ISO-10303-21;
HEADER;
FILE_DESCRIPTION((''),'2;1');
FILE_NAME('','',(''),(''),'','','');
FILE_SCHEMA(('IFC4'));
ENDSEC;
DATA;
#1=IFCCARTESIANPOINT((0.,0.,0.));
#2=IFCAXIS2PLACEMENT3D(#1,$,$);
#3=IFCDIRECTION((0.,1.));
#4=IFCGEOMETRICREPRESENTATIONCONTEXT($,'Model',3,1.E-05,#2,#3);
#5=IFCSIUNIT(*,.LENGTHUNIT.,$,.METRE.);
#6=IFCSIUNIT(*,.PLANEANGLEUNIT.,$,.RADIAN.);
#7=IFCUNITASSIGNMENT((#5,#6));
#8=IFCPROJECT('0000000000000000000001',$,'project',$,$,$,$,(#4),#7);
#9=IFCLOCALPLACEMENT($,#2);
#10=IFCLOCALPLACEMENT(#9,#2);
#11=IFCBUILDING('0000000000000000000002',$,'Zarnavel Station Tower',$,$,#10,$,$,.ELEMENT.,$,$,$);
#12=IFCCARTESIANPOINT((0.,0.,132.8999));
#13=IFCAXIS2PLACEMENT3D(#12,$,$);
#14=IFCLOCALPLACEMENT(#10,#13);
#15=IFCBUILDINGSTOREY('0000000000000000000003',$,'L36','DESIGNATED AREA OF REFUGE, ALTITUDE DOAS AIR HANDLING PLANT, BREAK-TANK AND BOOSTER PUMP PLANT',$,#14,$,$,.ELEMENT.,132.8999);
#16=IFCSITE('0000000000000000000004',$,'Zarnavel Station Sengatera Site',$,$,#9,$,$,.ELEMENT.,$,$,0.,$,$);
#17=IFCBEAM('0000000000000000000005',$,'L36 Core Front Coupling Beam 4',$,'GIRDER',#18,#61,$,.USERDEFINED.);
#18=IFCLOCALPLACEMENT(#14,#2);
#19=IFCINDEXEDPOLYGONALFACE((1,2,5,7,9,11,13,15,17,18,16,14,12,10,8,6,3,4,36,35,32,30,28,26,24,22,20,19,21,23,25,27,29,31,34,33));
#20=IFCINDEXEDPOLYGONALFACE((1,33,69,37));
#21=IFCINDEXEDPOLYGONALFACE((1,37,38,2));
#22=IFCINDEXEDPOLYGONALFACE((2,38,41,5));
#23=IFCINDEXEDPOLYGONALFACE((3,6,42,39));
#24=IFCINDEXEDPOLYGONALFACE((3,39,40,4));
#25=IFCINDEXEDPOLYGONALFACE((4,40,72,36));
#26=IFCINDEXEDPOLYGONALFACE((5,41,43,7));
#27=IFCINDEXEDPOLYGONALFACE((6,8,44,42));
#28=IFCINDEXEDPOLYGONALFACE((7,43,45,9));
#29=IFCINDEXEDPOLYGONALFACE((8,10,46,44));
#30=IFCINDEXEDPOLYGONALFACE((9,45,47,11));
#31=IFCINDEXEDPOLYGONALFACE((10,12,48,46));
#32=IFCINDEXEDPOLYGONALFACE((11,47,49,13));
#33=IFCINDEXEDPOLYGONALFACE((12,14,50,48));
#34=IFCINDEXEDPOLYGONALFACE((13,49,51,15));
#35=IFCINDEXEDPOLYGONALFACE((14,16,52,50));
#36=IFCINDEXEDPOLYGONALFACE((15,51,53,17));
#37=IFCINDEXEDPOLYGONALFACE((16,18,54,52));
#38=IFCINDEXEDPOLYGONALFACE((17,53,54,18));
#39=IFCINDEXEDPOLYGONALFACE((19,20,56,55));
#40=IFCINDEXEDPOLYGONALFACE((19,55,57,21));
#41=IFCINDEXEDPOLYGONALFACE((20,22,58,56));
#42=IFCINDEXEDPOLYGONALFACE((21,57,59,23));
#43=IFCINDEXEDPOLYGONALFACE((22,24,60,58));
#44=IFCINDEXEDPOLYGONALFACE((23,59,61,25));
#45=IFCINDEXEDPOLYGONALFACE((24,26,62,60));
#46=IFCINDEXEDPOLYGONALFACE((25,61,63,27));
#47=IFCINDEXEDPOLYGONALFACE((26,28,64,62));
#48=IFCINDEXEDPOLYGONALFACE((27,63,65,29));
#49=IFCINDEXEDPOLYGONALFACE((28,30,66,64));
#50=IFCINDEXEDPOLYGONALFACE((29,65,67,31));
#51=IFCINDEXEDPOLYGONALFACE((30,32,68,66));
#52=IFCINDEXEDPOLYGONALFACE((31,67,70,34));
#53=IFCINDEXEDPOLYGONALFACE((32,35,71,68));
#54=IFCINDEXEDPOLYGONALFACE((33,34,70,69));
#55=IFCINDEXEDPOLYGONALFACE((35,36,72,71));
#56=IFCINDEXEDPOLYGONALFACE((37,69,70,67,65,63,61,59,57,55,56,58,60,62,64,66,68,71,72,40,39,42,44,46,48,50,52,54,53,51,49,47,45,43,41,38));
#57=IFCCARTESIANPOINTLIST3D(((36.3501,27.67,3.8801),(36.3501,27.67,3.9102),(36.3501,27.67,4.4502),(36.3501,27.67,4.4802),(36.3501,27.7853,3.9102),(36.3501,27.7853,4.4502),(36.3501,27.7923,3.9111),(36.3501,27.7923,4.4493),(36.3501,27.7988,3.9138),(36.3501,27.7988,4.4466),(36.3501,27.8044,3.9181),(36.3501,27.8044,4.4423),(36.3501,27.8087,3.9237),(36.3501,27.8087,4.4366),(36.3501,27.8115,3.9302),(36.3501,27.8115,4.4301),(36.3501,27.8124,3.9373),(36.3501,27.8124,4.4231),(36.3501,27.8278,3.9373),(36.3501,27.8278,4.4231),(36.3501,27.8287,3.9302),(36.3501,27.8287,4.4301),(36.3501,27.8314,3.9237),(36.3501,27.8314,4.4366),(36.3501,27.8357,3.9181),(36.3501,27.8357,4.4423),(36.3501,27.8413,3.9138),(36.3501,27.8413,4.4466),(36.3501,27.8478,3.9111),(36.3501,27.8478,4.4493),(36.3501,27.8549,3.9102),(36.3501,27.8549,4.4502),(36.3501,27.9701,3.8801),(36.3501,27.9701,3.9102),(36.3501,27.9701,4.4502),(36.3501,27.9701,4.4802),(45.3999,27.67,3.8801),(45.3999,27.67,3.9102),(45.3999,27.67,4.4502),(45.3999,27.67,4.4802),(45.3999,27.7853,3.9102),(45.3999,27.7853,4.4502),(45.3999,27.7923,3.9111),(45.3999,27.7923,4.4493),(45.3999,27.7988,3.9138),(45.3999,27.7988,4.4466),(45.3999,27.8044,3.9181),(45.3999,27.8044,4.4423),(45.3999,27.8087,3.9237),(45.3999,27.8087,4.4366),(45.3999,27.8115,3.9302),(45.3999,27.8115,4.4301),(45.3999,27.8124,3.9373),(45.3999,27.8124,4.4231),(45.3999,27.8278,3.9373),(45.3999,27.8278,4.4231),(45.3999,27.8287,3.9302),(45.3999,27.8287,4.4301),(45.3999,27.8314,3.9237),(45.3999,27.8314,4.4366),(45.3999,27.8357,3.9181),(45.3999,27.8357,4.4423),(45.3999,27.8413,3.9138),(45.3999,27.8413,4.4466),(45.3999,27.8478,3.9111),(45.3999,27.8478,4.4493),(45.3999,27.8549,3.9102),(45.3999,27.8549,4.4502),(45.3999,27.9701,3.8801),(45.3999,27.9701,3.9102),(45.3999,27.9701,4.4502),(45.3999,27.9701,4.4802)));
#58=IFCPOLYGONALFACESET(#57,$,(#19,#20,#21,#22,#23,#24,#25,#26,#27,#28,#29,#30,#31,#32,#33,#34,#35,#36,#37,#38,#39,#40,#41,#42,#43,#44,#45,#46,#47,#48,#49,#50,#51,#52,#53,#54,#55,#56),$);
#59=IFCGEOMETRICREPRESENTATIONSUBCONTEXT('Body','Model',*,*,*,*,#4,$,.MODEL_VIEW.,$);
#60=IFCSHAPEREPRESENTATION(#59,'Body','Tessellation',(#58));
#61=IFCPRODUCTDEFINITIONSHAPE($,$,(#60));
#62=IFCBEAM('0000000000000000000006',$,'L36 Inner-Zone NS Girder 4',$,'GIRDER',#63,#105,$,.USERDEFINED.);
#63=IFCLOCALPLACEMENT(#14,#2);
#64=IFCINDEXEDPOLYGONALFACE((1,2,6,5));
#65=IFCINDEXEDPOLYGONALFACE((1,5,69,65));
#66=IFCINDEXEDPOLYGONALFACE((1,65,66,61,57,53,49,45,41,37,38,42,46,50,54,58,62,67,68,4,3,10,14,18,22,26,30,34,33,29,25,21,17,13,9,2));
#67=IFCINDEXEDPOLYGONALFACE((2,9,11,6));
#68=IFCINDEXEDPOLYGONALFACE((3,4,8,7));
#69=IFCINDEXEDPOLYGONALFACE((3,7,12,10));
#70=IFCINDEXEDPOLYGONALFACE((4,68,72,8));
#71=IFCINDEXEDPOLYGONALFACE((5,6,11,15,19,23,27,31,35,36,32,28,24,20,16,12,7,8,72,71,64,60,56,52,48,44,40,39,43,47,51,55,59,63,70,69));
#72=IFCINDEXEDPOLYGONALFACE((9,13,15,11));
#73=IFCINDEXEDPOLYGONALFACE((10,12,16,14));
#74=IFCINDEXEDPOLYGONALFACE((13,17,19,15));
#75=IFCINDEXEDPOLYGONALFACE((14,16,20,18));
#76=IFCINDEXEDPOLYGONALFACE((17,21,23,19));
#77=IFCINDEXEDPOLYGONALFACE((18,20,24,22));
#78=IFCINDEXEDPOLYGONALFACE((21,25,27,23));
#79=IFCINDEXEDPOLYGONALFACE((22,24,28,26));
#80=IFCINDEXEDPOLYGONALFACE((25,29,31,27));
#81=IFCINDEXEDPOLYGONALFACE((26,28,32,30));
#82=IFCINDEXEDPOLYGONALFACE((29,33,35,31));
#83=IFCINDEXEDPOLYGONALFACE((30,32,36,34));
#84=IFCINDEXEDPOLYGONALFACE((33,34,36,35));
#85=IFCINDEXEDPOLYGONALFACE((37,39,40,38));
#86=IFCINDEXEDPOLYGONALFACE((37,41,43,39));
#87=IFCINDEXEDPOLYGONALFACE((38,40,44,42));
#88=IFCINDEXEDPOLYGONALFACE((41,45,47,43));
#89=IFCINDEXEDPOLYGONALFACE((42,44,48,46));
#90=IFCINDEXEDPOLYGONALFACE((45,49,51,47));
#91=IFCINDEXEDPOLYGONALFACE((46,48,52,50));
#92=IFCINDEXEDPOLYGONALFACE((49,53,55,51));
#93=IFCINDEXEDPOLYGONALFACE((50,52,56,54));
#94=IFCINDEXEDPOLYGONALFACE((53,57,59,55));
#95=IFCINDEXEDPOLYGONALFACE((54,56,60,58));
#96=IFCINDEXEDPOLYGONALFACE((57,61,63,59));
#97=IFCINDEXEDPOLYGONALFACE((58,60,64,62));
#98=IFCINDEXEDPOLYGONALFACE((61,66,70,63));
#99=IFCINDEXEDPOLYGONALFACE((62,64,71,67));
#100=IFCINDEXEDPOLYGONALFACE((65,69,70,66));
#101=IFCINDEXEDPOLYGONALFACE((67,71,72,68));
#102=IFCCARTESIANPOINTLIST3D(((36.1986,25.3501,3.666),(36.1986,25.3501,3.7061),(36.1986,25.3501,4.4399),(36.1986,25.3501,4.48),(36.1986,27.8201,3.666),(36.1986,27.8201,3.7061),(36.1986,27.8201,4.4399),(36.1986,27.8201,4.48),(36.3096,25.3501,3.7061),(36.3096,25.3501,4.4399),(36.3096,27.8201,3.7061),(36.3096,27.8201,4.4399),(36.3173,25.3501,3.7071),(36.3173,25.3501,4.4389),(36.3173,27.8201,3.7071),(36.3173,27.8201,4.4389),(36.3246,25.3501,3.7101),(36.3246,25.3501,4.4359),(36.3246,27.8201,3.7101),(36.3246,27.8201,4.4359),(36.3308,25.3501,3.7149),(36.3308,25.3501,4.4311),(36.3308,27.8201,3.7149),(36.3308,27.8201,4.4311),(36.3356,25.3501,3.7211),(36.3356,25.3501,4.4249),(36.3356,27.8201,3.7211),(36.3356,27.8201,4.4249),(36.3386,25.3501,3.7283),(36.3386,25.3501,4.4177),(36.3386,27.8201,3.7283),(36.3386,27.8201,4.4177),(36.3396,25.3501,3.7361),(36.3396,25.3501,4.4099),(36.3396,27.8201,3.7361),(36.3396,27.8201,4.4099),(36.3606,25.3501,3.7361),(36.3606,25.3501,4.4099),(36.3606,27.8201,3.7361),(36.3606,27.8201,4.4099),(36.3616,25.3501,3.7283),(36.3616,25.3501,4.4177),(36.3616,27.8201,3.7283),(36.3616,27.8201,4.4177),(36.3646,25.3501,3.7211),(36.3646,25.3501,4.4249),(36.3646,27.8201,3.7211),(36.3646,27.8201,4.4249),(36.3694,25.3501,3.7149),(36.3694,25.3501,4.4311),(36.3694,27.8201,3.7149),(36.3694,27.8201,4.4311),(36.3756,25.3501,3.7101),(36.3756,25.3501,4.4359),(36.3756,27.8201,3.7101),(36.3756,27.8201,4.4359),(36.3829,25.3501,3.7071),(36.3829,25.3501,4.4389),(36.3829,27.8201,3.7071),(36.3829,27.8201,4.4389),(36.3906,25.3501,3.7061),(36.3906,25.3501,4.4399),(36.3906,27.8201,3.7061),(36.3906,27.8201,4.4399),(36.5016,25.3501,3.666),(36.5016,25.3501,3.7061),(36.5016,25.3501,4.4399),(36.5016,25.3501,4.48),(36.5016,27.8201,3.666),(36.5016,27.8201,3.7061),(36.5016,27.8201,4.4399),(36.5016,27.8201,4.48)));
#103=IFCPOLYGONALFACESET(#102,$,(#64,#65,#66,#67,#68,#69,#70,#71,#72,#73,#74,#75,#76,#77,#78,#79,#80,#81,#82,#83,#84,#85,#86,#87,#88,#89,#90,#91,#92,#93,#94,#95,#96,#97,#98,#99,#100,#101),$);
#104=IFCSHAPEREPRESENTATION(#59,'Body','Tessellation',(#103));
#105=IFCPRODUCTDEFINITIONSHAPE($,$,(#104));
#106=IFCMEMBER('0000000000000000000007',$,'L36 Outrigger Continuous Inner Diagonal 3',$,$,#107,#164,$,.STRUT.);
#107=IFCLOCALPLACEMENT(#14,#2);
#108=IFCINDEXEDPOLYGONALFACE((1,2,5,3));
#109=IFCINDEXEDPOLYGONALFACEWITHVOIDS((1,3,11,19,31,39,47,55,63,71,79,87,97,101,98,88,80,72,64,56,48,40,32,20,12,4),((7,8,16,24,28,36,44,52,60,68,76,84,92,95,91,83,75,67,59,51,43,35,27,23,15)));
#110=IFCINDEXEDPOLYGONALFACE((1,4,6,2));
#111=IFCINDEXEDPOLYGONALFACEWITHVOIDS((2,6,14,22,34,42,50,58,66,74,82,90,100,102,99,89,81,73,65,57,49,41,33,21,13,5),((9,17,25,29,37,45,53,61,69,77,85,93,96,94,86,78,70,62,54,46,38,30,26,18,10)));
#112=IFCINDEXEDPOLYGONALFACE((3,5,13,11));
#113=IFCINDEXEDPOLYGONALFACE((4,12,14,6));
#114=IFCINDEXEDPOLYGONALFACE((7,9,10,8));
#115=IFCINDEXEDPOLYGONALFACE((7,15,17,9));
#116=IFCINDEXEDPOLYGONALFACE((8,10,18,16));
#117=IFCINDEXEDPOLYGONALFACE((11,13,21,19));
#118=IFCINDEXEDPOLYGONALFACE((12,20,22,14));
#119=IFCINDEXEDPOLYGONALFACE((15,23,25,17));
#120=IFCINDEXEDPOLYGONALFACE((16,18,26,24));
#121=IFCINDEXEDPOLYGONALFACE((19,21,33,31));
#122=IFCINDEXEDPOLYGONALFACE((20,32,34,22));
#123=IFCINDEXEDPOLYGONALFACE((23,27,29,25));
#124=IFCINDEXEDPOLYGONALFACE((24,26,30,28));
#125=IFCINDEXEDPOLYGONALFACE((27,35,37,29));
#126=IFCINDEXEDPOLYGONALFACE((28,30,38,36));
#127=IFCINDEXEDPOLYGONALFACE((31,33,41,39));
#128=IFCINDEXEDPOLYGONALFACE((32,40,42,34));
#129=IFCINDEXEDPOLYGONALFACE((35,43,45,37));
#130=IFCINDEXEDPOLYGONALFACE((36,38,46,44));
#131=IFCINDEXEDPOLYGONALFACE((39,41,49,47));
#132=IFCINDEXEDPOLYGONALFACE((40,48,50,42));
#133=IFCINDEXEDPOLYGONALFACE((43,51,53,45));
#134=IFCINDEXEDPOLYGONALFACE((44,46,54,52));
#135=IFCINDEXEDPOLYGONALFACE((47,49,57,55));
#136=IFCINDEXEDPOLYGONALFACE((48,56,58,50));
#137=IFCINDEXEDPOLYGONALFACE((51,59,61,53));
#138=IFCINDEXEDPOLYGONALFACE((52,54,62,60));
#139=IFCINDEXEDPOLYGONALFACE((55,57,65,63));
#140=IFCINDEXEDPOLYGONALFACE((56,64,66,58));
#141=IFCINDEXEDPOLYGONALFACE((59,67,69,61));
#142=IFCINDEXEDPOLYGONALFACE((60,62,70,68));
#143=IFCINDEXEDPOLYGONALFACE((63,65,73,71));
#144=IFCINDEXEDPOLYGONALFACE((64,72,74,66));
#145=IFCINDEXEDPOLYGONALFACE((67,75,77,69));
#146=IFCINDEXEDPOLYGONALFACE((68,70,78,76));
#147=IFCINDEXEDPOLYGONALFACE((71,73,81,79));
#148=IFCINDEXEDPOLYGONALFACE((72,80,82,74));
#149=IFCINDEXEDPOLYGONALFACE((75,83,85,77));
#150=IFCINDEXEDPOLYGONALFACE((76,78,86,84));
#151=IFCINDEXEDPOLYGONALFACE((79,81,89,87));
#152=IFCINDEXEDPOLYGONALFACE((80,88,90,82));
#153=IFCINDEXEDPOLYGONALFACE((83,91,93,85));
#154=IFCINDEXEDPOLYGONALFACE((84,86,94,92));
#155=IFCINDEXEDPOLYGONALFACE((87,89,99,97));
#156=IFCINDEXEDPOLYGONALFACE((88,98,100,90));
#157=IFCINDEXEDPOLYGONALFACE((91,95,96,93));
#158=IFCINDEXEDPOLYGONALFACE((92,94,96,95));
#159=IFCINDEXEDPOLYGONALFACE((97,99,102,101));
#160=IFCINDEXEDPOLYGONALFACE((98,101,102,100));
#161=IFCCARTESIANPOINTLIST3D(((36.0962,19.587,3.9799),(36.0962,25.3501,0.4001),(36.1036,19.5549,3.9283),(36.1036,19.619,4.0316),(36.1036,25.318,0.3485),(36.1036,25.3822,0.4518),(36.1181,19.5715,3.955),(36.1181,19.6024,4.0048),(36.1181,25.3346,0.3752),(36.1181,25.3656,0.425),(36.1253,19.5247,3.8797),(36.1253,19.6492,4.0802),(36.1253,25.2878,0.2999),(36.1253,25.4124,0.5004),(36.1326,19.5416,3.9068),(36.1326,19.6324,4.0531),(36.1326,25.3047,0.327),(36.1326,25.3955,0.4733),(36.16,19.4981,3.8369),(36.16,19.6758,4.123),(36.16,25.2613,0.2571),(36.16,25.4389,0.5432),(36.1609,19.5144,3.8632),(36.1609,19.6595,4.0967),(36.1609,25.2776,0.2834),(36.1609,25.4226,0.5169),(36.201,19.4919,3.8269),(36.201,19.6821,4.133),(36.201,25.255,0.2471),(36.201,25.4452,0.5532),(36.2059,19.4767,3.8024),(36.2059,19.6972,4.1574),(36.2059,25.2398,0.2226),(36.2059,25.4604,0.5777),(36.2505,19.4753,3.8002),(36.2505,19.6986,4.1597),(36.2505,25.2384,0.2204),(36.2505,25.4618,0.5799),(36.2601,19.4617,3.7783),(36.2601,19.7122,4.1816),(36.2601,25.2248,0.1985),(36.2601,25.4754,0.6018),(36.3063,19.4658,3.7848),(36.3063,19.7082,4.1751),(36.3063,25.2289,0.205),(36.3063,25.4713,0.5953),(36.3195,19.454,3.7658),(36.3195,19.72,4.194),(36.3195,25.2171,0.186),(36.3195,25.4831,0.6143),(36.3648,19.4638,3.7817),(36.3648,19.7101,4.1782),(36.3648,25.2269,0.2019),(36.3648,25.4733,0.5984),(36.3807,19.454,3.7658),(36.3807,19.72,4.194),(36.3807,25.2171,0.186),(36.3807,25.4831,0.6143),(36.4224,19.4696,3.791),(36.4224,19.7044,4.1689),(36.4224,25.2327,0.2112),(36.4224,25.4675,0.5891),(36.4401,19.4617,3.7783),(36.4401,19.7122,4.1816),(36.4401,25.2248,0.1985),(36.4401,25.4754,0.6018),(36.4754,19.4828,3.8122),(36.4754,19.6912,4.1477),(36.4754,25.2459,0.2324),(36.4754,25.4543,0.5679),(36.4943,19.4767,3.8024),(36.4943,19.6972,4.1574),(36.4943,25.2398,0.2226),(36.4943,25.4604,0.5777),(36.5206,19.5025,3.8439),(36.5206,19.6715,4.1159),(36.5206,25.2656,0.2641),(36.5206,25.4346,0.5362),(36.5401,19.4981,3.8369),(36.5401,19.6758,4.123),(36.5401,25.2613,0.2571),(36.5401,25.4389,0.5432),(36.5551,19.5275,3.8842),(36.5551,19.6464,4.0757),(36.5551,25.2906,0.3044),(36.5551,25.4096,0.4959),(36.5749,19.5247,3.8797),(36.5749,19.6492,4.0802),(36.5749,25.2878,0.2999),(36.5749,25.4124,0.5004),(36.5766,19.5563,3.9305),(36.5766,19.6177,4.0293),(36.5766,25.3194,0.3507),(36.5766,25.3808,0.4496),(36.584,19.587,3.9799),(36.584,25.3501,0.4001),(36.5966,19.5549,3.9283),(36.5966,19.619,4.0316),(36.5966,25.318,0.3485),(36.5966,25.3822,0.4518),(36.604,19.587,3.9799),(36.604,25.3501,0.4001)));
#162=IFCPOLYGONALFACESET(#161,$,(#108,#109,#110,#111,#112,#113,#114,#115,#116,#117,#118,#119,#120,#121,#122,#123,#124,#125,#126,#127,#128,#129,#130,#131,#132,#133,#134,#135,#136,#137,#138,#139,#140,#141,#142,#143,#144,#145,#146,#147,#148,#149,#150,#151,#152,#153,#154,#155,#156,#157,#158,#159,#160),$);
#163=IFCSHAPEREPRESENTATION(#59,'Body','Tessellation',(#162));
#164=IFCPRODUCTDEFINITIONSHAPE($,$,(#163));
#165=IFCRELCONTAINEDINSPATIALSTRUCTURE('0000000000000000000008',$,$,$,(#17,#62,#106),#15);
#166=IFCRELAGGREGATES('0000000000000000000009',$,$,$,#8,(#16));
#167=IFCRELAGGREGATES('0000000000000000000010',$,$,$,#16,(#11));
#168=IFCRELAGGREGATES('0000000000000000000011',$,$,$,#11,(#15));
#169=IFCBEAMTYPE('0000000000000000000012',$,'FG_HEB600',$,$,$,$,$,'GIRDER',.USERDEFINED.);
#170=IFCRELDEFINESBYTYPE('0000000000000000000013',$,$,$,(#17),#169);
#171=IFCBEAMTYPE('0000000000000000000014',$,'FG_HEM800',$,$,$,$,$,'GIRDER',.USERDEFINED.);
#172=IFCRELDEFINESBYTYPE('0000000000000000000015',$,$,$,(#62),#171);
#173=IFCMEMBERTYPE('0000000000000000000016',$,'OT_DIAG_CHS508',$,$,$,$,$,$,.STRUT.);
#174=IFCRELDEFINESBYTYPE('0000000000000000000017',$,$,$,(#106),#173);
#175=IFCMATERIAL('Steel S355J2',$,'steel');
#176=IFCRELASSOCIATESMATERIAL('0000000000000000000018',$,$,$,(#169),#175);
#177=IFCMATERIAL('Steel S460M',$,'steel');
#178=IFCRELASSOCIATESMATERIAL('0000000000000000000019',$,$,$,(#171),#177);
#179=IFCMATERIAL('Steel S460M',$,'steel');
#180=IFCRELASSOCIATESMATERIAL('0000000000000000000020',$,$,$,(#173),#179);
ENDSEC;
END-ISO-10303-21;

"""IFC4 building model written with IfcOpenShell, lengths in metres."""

from ifc_helpers import new_model, si_unit, direction, frame, origin, origin_2d, place, context, subcontext, project, spatial, hollow_circle, i_section, extrude, material, material_profile, profile_set, type_object, element, save


model = new_model("IFC4")

# Units and contexts
model_context = context("Model", 3, precision=1e-05, world=origin(), true_north=direction((0.0, 1.0)))
body_context = subcontext(model_context, "Body", "Model", "MODEL_VIEW")
ifc_project = project(units=[si_unit("LENGTHUNIT", "METRE"), si_unit("PLANEANGLEUNIT", "RADIAN")], contexts=[model_context])

# Site, building, storey
site_placement = place(None, origin())
site = spatial("IfcSite", under=ifc_project, at=site_placement, Name="Zarnavel Station Sengatera Site", CompositionType="ELEMENT", RefElevation=0.0)
building_placement = place(site_placement, origin())
building = spatial("IfcBuilding", under=site, at=building_placement, Name="Zarnavel Station Tower", CompositionType="ELEMENT")
storey_placement = place(building_placement, frame((0.0, 0.0, 132.8999)))
storey = spatial("IfcBuildingStorey", under=building, at=storey_placement, Name="L36", Description="DESIGNATED AREA OF REFUGE, ALTITUDE DOAS AIR HANDLING PLANT, BREAK-TANK AND BOOSTER PUMP PLANT", CompositionType="ELEMENT", Elevation=132.8999)

# Beams
ifc_material_1 = material(Name="Steel S355J2", Category="steel")
ifc_material_profile_1 = material_profile(ifc_material_1, i_section(OverallWidth=0.3, OverallDepth=0.6001, WebThickness=0.0154, FlangeThickness=0.03, FilletRadius=0.0271, at=origin_2d()), Name="HEB600")
ifc_profile_set_1 = profile_set([ifc_material_profile_1], Name="Steel S355J2")
beam_type_1 = type_object("IfcBeamType", Name="FG_HEB600", ElementType="GIRDER", PredefinedType="USERDEFINED", material=ifc_profile_set_1)
beam_1_placement = place(storey_placement, frame((36.3501, 27.8201, 4.1802), z_axis=(1.0, 0.0, 0.0), x_axis=(0.0, 1.0, 0.0)))
element("IfcBeam", 1, at=beam_1_placement, inside=storey, type_object=beam_type_1, Name="L36 Core Front Coupling Beam 4", ObjectType="GIRDER", PredefinedType="USERDEFINED", context=body_context, shape_type="SweptSolid", body=[
    extrude(i_section(OverallWidth=0.3, OverallDepth=0.6001, WebThickness=0.0154, FlangeThickness=0.03, FilletRadius=0.0271, at=origin_2d()), origin(), (0.0, 0.0, 1.0), 9.0498),
])
ifc_material_2 = material(Name="Steel S460M", Category="steel")
ifc_material_profile_2 = material_profile(ifc_material_2, i_section(OverallWidth=0.303, OverallDepth=0.814, WebThickness=0.021, FlangeThickness=0.04, FilletRadius=0.03, at=origin_2d()), Name="HEM800")
ifc_profile_set_2 = profile_set([ifc_material_profile_2], Name="Steel S460M")
beam_type_2 = type_object("IfcBeamType", Name="FG_HEM800", ElementType="GIRDER", PredefinedType="USERDEFINED", material=ifc_profile_set_2)
beam_2_placement = place(storey_placement, frame((36.3501, 25.3501, 4.073), z_axis=(0.0, 1.0, 0.0), x_axis=(-1.0, 0.0, 0.0)))
element("IfcBeam", 2, at=beam_2_placement, inside=storey, type_object=beam_type_2, Name="L36 Inner-Zone NS Girder 4", ObjectType="GIRDER", PredefinedType="USERDEFINED", context=body_context, shape_type="SweptSolid", body=[
    extrude(i_section(OverallWidth=0.303, OverallDepth=0.814, WebThickness=0.021, FlangeThickness=0.04, FilletRadius=0.03, at=origin_2d()), origin(), (0.0, 0.0, 1.0), 2.47),
])

# Member
ifc_material_3 = material(Name="Steel S460M", Category="steel")
ifc_material_profile_3 = material_profile(ifc_material_3, hollow_circle(Radius=0.2539, WallThickness=0.02, at=origin_2d()), Name="CHS508x20")
ifc_profile_set_3 = profile_set([ifc_material_profile_3], Name="Steel S460M")
member_type_1 = type_object("IfcMemberType", Name="OT_DIAG_CHS508", PredefinedType="STRUT", material=ifc_profile_set_3)
member_1_placement = place(storey_placement, frame((36.3501, 25.3501, 0.4001), z_axis=(0.0, -0.849463, 0.527649), x_axis=(1.0, 0.0, 0.0)))
element("IfcMember", 3, at=member_1_placement, inside=storey, type_object=member_type_1, Name="L36 Outrigger Continuous Inner Diagonal 3", PredefinedType="STRUT", context=body_context, shape_type="SweptSolid", body=[
    extrude(hollow_circle(Radius=0.2539, WallThickness=0.02, at=origin_2d()), origin(), (0.0, 0.0, 1.0), 6.7844),
])

save(model, "model.ifc")
